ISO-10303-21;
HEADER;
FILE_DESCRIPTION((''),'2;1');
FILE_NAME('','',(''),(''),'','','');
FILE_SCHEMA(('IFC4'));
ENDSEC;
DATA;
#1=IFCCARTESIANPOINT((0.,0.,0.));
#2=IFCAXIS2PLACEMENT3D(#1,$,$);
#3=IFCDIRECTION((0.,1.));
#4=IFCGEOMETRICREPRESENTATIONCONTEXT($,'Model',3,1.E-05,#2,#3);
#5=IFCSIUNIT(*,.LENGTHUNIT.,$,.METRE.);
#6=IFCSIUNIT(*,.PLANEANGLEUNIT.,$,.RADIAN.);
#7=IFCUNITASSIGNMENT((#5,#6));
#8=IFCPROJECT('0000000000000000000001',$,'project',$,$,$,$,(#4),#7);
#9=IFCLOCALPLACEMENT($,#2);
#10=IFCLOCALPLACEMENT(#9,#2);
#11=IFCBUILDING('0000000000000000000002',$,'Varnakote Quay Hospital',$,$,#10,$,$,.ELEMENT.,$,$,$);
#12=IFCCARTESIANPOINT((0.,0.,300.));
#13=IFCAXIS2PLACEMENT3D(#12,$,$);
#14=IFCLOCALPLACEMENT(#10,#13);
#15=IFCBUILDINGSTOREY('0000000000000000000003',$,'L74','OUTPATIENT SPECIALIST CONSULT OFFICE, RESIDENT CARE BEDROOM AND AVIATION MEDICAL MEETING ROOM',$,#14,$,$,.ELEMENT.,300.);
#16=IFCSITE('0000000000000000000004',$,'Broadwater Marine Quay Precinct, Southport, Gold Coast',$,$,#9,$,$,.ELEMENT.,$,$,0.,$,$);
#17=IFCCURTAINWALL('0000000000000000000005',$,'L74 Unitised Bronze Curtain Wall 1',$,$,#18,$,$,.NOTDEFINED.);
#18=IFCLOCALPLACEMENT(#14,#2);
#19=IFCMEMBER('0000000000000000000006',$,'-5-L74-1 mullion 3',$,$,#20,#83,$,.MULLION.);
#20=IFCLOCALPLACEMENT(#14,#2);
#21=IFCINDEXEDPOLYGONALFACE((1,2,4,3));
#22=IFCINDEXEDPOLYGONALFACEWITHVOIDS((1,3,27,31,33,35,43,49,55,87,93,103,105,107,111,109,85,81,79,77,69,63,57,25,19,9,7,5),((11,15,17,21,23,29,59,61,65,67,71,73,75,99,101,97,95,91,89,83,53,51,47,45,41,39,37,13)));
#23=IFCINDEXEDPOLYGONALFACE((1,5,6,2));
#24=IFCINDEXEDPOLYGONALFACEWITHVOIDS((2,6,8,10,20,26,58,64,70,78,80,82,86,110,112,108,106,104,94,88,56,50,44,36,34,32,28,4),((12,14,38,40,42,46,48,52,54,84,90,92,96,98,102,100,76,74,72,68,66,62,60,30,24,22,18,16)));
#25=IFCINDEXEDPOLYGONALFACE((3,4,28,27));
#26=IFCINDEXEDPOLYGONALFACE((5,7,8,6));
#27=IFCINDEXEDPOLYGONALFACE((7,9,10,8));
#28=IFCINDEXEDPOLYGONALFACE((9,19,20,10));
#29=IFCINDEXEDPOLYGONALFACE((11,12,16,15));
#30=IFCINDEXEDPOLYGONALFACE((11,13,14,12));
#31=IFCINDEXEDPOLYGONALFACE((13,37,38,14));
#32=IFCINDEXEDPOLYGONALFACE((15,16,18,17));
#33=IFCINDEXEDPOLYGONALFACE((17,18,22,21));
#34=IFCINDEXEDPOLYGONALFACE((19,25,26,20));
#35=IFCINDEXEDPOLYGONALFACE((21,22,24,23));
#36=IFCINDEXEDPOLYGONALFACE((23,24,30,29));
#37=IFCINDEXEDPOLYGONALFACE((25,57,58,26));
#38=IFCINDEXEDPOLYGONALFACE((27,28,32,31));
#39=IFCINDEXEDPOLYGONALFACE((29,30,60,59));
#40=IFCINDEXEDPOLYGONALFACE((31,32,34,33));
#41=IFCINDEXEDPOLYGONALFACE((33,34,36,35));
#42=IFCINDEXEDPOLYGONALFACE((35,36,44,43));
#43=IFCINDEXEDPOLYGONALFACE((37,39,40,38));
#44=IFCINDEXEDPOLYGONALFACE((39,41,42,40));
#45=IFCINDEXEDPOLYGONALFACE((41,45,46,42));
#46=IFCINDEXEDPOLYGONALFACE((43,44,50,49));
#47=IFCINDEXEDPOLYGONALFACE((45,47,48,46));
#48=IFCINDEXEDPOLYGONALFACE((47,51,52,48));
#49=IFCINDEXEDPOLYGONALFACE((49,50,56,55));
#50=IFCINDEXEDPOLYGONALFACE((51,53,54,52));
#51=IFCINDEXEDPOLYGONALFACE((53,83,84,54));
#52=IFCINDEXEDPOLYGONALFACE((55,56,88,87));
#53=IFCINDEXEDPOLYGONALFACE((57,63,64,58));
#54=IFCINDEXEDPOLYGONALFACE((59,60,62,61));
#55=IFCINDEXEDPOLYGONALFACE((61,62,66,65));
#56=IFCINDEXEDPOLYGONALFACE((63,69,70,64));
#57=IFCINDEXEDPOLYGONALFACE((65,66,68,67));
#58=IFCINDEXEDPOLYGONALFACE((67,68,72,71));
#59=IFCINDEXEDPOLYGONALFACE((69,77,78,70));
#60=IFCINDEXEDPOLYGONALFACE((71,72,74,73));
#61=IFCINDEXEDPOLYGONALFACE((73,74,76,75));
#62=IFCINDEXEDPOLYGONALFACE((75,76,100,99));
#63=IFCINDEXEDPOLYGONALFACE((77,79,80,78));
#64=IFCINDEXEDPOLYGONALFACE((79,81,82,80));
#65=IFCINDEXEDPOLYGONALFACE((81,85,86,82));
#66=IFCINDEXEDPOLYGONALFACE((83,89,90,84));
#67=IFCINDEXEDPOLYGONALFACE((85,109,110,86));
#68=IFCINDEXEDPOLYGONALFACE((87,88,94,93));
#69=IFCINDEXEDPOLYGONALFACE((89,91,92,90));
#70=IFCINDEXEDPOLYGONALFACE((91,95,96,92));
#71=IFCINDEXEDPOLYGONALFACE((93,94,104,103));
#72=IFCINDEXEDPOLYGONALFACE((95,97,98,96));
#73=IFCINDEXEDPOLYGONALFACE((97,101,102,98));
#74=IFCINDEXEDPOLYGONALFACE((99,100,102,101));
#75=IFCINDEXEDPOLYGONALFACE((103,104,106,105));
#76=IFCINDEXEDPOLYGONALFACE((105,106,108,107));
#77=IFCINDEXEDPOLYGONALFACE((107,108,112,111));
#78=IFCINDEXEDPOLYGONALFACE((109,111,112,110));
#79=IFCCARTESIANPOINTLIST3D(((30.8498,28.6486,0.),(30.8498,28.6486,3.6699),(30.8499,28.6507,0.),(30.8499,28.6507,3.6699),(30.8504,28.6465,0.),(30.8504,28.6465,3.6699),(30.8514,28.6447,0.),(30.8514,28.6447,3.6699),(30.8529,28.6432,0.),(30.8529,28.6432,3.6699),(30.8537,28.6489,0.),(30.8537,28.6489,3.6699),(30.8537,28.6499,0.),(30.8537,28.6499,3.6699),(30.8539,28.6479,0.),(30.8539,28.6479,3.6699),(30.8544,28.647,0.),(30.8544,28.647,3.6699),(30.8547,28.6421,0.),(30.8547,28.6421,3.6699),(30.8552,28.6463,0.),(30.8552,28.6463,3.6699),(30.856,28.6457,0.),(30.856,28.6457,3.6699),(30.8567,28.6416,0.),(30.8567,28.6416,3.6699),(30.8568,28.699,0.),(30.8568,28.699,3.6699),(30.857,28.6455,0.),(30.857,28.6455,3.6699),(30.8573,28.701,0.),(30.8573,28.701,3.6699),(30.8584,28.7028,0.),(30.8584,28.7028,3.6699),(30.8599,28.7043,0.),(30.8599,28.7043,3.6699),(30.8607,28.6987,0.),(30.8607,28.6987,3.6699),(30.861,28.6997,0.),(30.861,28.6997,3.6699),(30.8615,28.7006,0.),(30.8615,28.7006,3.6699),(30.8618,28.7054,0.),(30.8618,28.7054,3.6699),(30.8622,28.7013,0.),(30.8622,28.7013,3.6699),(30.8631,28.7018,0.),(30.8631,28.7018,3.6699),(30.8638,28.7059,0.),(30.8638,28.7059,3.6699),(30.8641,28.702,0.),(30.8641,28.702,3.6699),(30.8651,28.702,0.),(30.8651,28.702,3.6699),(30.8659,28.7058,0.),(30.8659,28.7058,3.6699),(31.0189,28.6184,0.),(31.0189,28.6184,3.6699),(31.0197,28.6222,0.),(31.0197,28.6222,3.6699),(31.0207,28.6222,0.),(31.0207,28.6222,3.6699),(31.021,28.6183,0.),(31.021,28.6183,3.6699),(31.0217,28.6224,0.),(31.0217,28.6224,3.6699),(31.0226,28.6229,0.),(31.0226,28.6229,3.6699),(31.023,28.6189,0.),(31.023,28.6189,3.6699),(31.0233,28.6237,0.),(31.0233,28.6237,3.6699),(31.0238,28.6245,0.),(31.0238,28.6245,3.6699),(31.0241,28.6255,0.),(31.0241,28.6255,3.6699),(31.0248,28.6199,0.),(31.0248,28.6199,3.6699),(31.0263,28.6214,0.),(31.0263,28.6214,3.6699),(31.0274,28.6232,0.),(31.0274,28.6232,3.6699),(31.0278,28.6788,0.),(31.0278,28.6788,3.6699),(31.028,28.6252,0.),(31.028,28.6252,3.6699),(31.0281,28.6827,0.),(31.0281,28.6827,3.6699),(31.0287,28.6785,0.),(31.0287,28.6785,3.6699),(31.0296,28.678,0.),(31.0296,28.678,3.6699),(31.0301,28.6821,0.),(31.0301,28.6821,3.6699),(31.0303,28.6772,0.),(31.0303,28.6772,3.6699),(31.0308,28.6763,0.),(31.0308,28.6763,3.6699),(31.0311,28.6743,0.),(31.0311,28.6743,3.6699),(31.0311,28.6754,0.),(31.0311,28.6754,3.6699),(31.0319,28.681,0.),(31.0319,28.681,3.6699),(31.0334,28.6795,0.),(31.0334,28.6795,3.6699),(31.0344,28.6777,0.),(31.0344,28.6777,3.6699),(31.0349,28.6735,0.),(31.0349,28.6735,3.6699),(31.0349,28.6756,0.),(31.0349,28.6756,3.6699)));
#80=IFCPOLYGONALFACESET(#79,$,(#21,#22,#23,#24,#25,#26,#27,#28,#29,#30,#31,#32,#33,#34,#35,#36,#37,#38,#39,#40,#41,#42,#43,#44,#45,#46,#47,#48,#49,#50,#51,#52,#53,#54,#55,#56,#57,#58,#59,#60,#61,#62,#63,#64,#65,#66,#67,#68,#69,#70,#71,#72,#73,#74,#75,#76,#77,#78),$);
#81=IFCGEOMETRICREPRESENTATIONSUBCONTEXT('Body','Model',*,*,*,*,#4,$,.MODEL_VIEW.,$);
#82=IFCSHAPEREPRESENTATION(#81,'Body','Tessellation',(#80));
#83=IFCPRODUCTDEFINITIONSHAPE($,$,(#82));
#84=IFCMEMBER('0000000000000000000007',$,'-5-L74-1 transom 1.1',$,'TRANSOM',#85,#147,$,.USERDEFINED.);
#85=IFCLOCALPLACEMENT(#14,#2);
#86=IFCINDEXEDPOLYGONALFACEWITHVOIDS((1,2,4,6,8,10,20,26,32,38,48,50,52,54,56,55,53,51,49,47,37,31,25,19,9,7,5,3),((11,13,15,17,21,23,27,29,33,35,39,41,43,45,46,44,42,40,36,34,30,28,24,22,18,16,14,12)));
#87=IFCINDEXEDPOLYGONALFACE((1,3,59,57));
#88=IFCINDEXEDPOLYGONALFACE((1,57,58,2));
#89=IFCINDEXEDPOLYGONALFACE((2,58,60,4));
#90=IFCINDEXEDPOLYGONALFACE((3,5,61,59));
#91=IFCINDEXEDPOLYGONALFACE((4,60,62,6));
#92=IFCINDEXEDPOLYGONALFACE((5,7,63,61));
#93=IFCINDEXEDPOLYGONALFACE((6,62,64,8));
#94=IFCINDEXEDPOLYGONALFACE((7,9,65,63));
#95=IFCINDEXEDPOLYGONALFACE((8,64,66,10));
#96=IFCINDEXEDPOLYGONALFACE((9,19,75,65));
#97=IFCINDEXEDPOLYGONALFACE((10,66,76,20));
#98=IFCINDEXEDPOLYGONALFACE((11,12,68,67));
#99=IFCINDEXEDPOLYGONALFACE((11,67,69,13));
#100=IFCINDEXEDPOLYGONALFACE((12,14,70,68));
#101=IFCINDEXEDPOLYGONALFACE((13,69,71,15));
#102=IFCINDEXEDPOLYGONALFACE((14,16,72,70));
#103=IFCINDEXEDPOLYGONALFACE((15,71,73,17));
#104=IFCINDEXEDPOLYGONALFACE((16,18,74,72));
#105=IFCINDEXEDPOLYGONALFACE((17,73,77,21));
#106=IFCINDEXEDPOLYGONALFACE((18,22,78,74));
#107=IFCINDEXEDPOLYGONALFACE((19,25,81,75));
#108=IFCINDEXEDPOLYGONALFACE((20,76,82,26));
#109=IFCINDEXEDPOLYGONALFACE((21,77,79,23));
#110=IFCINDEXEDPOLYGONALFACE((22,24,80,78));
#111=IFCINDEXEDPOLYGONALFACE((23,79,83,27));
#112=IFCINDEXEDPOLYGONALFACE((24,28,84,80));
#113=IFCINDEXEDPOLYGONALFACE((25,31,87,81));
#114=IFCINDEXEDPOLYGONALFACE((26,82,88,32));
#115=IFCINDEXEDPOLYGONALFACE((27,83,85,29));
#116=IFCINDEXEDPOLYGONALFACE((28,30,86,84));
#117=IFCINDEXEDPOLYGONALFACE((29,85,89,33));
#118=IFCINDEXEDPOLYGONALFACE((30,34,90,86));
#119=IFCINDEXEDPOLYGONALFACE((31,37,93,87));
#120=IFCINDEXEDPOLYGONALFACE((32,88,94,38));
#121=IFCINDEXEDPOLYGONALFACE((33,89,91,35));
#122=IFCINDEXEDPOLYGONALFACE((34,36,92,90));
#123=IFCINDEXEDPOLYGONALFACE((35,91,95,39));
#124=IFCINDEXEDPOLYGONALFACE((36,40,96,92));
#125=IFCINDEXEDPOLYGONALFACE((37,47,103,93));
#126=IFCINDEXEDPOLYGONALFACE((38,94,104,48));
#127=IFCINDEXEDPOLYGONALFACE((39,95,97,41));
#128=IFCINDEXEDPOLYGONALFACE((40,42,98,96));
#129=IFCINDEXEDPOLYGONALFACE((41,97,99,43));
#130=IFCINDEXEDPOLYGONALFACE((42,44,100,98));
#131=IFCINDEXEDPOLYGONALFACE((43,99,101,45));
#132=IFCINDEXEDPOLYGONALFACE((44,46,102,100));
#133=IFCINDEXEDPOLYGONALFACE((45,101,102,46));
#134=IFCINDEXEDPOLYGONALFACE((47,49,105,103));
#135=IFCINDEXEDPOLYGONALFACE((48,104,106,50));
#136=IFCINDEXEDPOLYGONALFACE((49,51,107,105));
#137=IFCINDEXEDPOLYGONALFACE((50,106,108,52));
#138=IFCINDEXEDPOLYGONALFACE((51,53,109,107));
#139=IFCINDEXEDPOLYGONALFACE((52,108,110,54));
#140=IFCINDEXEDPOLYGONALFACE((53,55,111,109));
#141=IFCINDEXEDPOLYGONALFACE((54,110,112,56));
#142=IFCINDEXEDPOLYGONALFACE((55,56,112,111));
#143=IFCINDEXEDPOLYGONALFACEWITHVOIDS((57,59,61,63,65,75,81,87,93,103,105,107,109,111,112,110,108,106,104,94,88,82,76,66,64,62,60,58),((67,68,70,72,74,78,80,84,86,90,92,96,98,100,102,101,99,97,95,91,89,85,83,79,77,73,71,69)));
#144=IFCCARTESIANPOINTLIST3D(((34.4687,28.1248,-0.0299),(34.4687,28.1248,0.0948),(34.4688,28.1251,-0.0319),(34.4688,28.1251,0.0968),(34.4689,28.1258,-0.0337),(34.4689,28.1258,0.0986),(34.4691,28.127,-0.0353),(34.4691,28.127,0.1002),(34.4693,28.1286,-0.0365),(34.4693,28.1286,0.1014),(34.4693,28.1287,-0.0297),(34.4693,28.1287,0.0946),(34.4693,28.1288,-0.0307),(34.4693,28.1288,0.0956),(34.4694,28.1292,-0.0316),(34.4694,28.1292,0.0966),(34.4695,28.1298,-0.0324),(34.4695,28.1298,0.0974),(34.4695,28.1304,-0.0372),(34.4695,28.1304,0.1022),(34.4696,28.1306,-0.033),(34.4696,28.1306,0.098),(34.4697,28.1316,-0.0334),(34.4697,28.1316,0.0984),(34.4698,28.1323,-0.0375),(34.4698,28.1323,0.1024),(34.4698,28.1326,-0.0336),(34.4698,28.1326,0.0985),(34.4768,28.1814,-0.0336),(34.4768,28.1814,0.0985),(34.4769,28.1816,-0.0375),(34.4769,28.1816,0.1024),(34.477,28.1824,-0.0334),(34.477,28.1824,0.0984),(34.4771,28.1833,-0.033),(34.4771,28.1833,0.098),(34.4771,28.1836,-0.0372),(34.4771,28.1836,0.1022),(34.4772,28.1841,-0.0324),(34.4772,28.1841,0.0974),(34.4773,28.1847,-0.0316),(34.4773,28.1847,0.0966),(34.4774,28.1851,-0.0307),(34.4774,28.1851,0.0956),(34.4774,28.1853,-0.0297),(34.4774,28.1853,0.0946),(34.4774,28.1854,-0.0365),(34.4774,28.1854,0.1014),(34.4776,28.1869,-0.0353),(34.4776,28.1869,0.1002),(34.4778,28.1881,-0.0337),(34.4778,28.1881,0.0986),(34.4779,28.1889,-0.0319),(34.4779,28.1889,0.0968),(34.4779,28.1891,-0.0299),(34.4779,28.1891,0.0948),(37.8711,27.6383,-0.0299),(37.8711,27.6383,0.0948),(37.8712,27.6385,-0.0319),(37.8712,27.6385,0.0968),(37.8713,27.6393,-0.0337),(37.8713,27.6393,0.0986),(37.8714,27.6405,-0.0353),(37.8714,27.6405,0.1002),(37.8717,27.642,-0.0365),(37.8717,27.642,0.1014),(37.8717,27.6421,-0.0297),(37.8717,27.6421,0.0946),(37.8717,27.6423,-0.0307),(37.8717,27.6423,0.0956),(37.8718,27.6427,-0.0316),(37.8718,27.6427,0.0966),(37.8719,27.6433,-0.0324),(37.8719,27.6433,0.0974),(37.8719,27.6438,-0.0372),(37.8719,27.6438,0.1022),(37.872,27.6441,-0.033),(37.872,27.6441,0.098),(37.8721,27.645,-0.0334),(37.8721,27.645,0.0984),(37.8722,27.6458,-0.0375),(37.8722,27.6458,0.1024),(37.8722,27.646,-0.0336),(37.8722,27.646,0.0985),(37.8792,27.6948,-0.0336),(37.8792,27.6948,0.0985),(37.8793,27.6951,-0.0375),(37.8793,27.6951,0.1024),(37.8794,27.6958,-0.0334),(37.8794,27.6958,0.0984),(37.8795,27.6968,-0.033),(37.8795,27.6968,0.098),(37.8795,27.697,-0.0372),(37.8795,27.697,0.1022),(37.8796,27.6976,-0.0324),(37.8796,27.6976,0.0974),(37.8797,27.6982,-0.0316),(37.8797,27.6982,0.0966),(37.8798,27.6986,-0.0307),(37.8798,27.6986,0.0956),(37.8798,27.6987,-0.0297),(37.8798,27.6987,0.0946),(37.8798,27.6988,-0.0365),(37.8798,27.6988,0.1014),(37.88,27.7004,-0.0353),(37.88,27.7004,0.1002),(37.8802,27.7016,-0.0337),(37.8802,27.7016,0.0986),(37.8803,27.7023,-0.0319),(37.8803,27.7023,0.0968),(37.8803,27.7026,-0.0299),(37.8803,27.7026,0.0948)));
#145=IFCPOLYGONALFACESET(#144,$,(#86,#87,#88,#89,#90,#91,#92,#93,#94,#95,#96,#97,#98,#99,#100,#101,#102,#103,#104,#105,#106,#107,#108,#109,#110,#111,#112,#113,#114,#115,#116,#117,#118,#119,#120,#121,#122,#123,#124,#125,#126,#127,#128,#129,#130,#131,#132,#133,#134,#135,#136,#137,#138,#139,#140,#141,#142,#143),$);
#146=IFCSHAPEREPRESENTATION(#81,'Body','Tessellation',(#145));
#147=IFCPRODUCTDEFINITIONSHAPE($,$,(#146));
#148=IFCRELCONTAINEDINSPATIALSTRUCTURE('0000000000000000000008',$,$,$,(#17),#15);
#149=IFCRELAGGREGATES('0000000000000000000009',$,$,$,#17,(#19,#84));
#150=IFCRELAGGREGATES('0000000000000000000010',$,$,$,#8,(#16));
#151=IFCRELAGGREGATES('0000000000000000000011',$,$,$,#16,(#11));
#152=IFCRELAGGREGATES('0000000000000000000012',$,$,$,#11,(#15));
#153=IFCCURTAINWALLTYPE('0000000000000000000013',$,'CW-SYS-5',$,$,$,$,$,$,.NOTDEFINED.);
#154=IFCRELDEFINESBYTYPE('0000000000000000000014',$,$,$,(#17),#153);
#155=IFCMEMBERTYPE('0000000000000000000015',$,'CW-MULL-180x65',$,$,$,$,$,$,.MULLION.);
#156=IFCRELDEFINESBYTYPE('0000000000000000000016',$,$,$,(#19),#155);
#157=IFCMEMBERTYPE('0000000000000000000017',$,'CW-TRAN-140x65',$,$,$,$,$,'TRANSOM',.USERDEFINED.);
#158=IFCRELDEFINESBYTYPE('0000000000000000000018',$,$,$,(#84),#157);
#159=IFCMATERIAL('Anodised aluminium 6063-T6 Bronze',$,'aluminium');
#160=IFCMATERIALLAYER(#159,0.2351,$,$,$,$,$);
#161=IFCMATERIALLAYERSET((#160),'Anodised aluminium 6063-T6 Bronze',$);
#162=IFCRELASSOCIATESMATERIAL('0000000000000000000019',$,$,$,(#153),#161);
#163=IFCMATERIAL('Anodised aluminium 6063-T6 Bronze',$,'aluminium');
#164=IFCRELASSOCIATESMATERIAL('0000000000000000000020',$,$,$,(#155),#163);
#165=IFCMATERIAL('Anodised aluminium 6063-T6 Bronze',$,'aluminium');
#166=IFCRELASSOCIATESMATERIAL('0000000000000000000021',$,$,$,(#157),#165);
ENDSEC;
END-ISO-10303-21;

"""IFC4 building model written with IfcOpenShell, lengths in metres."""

from ifc_helpers import new_model, si_unit, direction, frame, origin, origin_2d, place, context, subcontext, project, spatial, hollow_rectangle, extrude, material, layer, layer_set, material_profile, profile_set, type_object, element, aggregate, save


model = new_model("IFC4")

# Units and contexts
model_context = context("Model", 3, precision=1e-05, world=origin(), true_north=direction((0.0, 1.0)))
body_context = subcontext(model_context, "Body", "Model", "MODEL_VIEW")
ifc_project = project(units=[si_unit("LENGTHUNIT", "METRE"), si_unit("PLANEANGLEUNIT", "RADIAN")], contexts=[model_context])

# Site, building, storey
site_placement = place(None, origin())
site = spatial("IfcSite", under=ifc_project, at=site_placement, Name="Broadwater Marine Quay Precinct, Southport, Gold Coast", CompositionType="ELEMENT", RefElevation=0.0)
building_placement = place(site_placement, origin())
building = spatial("IfcBuilding", under=site, at=building_placement, Name="Varnakote Quay Hospital", CompositionType="ELEMENT")
storey_placement = place(building_placement, frame((0.0, 0.0, 300.0)))
storey = spatial("IfcBuildingStorey", under=building, at=storey_placement, Name="L74", Description="OUTPATIENT SPECIALIST CONSULT OFFICE, RESIDENT CARE BEDROOM AND AVIATION MEDICAL MEETING ROOM", CompositionType="ELEMENT", Elevation=300.0)

# Curtain wall, members
ifc_material_1 = material(Name="Anodised aluminium 6063-T6 Bronze", Category="aluminium")
ifc_layer_1 = layer(ifc_material_1, 0.2351)
ifc_layer_set_1 = layer_set([ifc_layer_1], Name="Anodised aluminium 6063-T6 Bronze")
curtain_wall_type = type_object("IfcCurtainWallType", Name="CW-SYS-5", PredefinedType="NOTDEFINED", material=ifc_layer_set_1)
curtain_wall_placement = place(storey_placement, origin())
curtain_wall = element("IfcCurtainWall", 1, at=curtain_wall_placement, inside=storey, type_object=curtain_wall_type, Name="L74 Unitised Bronze Curtain Wall 1", PredefinedType="NOTDEFINED")
ifc_material_2 = material(Name="Anodised aluminium 6063-T6 Bronze", Category="aluminium")
ifc_material_profile_1 = material_profile(ifc_material_2, hollow_rectangle(XDim=0.0649, YDim=0.1799, WallThickness=0.0039, InnerFilletRadius=0.0039, OuterFilletRadius=0.0081, at=origin_2d()), Name="CW-MULL-180x65")
ifc_profile_set_1 = profile_set([ifc_material_profile_1], Name="Anodised aluminium 6063-T6 Bronze")
member_type_1 = type_object("IfcMemberType", Name="CW-MULL-180x65", PredefinedType="MULLION", material=ifc_profile_set_1)
member_1_placement = place(storey_placement, frame((30.9424, 28.6621, 0.0), z_axis=(0.0, 0.0, 1.0), x_axis=(-0.141572, -0.989928, 0.0)))
member_1 = element("IfcMember", 2, at=member_1_placement, type_object=member_type_1, Name="-5-L74-1 mullion 3", PredefinedType="MULLION", context=body_context, shape_type="SweptSolid", body=[
    extrude(hollow_rectangle(XDim=0.0649, YDim=0.1799, WallThickness=0.0039, InnerFilletRadius=0.0039, OuterFilletRadius=0.0081, at=origin_2d()), origin(), (0.0, 0.0, 1.0), 3.6699),
])
ifc_material_3 = material(Name="Anodised aluminium 6063-T6 Bronze", Category="aluminium")
ifc_material_profile_2 = material_profile(ifc_material_3, hollow_rectangle(XDim=0.0649, YDim=0.1399, WallThickness=0.0039, InnerFilletRadius=0.0039, OuterFilletRadius=0.0076, at=origin_2d()), Name="CW-TRAN-140x65")
ifc_profile_set_2 = profile_set([ifc_material_profile_2], Name="Anodised aluminium 6063-T6 Bronze")
member_type_2 = type_object("IfcMemberType", Name="CW-TRAN-140x65", ElementType="TRANSOM", PredefinedType="USERDEFINED", material=ifc_profile_set_2)
member_2_placement = place(storey_placement, frame((37.8757, 27.6704, 0.0325), z_axis=(-0.989928, 0.141571, 0.0), x_axis=(-0.141571, -0.989928, 0.0)))
member_2 = element("IfcMember", 3, at=member_2_placement, type_object=member_type_2, Name="-5-L74-1 transom 1.1", ObjectType="TRANSOM", PredefinedType="USERDEFINED", context=body_context, shape_type="SweptSolid", body=[
    extrude(hollow_rectangle(XDim=0.0649, YDim=0.1399, WallThickness=0.0039, InnerFilletRadius=0.0039, OuterFilletRadius=0.0076, at=origin_2d()), origin(), (0.0, 0.0, 1.0), 3.437),
])
aggregate(curtain_wall, [member_1, member_2])

save(model, "model.ifc")
